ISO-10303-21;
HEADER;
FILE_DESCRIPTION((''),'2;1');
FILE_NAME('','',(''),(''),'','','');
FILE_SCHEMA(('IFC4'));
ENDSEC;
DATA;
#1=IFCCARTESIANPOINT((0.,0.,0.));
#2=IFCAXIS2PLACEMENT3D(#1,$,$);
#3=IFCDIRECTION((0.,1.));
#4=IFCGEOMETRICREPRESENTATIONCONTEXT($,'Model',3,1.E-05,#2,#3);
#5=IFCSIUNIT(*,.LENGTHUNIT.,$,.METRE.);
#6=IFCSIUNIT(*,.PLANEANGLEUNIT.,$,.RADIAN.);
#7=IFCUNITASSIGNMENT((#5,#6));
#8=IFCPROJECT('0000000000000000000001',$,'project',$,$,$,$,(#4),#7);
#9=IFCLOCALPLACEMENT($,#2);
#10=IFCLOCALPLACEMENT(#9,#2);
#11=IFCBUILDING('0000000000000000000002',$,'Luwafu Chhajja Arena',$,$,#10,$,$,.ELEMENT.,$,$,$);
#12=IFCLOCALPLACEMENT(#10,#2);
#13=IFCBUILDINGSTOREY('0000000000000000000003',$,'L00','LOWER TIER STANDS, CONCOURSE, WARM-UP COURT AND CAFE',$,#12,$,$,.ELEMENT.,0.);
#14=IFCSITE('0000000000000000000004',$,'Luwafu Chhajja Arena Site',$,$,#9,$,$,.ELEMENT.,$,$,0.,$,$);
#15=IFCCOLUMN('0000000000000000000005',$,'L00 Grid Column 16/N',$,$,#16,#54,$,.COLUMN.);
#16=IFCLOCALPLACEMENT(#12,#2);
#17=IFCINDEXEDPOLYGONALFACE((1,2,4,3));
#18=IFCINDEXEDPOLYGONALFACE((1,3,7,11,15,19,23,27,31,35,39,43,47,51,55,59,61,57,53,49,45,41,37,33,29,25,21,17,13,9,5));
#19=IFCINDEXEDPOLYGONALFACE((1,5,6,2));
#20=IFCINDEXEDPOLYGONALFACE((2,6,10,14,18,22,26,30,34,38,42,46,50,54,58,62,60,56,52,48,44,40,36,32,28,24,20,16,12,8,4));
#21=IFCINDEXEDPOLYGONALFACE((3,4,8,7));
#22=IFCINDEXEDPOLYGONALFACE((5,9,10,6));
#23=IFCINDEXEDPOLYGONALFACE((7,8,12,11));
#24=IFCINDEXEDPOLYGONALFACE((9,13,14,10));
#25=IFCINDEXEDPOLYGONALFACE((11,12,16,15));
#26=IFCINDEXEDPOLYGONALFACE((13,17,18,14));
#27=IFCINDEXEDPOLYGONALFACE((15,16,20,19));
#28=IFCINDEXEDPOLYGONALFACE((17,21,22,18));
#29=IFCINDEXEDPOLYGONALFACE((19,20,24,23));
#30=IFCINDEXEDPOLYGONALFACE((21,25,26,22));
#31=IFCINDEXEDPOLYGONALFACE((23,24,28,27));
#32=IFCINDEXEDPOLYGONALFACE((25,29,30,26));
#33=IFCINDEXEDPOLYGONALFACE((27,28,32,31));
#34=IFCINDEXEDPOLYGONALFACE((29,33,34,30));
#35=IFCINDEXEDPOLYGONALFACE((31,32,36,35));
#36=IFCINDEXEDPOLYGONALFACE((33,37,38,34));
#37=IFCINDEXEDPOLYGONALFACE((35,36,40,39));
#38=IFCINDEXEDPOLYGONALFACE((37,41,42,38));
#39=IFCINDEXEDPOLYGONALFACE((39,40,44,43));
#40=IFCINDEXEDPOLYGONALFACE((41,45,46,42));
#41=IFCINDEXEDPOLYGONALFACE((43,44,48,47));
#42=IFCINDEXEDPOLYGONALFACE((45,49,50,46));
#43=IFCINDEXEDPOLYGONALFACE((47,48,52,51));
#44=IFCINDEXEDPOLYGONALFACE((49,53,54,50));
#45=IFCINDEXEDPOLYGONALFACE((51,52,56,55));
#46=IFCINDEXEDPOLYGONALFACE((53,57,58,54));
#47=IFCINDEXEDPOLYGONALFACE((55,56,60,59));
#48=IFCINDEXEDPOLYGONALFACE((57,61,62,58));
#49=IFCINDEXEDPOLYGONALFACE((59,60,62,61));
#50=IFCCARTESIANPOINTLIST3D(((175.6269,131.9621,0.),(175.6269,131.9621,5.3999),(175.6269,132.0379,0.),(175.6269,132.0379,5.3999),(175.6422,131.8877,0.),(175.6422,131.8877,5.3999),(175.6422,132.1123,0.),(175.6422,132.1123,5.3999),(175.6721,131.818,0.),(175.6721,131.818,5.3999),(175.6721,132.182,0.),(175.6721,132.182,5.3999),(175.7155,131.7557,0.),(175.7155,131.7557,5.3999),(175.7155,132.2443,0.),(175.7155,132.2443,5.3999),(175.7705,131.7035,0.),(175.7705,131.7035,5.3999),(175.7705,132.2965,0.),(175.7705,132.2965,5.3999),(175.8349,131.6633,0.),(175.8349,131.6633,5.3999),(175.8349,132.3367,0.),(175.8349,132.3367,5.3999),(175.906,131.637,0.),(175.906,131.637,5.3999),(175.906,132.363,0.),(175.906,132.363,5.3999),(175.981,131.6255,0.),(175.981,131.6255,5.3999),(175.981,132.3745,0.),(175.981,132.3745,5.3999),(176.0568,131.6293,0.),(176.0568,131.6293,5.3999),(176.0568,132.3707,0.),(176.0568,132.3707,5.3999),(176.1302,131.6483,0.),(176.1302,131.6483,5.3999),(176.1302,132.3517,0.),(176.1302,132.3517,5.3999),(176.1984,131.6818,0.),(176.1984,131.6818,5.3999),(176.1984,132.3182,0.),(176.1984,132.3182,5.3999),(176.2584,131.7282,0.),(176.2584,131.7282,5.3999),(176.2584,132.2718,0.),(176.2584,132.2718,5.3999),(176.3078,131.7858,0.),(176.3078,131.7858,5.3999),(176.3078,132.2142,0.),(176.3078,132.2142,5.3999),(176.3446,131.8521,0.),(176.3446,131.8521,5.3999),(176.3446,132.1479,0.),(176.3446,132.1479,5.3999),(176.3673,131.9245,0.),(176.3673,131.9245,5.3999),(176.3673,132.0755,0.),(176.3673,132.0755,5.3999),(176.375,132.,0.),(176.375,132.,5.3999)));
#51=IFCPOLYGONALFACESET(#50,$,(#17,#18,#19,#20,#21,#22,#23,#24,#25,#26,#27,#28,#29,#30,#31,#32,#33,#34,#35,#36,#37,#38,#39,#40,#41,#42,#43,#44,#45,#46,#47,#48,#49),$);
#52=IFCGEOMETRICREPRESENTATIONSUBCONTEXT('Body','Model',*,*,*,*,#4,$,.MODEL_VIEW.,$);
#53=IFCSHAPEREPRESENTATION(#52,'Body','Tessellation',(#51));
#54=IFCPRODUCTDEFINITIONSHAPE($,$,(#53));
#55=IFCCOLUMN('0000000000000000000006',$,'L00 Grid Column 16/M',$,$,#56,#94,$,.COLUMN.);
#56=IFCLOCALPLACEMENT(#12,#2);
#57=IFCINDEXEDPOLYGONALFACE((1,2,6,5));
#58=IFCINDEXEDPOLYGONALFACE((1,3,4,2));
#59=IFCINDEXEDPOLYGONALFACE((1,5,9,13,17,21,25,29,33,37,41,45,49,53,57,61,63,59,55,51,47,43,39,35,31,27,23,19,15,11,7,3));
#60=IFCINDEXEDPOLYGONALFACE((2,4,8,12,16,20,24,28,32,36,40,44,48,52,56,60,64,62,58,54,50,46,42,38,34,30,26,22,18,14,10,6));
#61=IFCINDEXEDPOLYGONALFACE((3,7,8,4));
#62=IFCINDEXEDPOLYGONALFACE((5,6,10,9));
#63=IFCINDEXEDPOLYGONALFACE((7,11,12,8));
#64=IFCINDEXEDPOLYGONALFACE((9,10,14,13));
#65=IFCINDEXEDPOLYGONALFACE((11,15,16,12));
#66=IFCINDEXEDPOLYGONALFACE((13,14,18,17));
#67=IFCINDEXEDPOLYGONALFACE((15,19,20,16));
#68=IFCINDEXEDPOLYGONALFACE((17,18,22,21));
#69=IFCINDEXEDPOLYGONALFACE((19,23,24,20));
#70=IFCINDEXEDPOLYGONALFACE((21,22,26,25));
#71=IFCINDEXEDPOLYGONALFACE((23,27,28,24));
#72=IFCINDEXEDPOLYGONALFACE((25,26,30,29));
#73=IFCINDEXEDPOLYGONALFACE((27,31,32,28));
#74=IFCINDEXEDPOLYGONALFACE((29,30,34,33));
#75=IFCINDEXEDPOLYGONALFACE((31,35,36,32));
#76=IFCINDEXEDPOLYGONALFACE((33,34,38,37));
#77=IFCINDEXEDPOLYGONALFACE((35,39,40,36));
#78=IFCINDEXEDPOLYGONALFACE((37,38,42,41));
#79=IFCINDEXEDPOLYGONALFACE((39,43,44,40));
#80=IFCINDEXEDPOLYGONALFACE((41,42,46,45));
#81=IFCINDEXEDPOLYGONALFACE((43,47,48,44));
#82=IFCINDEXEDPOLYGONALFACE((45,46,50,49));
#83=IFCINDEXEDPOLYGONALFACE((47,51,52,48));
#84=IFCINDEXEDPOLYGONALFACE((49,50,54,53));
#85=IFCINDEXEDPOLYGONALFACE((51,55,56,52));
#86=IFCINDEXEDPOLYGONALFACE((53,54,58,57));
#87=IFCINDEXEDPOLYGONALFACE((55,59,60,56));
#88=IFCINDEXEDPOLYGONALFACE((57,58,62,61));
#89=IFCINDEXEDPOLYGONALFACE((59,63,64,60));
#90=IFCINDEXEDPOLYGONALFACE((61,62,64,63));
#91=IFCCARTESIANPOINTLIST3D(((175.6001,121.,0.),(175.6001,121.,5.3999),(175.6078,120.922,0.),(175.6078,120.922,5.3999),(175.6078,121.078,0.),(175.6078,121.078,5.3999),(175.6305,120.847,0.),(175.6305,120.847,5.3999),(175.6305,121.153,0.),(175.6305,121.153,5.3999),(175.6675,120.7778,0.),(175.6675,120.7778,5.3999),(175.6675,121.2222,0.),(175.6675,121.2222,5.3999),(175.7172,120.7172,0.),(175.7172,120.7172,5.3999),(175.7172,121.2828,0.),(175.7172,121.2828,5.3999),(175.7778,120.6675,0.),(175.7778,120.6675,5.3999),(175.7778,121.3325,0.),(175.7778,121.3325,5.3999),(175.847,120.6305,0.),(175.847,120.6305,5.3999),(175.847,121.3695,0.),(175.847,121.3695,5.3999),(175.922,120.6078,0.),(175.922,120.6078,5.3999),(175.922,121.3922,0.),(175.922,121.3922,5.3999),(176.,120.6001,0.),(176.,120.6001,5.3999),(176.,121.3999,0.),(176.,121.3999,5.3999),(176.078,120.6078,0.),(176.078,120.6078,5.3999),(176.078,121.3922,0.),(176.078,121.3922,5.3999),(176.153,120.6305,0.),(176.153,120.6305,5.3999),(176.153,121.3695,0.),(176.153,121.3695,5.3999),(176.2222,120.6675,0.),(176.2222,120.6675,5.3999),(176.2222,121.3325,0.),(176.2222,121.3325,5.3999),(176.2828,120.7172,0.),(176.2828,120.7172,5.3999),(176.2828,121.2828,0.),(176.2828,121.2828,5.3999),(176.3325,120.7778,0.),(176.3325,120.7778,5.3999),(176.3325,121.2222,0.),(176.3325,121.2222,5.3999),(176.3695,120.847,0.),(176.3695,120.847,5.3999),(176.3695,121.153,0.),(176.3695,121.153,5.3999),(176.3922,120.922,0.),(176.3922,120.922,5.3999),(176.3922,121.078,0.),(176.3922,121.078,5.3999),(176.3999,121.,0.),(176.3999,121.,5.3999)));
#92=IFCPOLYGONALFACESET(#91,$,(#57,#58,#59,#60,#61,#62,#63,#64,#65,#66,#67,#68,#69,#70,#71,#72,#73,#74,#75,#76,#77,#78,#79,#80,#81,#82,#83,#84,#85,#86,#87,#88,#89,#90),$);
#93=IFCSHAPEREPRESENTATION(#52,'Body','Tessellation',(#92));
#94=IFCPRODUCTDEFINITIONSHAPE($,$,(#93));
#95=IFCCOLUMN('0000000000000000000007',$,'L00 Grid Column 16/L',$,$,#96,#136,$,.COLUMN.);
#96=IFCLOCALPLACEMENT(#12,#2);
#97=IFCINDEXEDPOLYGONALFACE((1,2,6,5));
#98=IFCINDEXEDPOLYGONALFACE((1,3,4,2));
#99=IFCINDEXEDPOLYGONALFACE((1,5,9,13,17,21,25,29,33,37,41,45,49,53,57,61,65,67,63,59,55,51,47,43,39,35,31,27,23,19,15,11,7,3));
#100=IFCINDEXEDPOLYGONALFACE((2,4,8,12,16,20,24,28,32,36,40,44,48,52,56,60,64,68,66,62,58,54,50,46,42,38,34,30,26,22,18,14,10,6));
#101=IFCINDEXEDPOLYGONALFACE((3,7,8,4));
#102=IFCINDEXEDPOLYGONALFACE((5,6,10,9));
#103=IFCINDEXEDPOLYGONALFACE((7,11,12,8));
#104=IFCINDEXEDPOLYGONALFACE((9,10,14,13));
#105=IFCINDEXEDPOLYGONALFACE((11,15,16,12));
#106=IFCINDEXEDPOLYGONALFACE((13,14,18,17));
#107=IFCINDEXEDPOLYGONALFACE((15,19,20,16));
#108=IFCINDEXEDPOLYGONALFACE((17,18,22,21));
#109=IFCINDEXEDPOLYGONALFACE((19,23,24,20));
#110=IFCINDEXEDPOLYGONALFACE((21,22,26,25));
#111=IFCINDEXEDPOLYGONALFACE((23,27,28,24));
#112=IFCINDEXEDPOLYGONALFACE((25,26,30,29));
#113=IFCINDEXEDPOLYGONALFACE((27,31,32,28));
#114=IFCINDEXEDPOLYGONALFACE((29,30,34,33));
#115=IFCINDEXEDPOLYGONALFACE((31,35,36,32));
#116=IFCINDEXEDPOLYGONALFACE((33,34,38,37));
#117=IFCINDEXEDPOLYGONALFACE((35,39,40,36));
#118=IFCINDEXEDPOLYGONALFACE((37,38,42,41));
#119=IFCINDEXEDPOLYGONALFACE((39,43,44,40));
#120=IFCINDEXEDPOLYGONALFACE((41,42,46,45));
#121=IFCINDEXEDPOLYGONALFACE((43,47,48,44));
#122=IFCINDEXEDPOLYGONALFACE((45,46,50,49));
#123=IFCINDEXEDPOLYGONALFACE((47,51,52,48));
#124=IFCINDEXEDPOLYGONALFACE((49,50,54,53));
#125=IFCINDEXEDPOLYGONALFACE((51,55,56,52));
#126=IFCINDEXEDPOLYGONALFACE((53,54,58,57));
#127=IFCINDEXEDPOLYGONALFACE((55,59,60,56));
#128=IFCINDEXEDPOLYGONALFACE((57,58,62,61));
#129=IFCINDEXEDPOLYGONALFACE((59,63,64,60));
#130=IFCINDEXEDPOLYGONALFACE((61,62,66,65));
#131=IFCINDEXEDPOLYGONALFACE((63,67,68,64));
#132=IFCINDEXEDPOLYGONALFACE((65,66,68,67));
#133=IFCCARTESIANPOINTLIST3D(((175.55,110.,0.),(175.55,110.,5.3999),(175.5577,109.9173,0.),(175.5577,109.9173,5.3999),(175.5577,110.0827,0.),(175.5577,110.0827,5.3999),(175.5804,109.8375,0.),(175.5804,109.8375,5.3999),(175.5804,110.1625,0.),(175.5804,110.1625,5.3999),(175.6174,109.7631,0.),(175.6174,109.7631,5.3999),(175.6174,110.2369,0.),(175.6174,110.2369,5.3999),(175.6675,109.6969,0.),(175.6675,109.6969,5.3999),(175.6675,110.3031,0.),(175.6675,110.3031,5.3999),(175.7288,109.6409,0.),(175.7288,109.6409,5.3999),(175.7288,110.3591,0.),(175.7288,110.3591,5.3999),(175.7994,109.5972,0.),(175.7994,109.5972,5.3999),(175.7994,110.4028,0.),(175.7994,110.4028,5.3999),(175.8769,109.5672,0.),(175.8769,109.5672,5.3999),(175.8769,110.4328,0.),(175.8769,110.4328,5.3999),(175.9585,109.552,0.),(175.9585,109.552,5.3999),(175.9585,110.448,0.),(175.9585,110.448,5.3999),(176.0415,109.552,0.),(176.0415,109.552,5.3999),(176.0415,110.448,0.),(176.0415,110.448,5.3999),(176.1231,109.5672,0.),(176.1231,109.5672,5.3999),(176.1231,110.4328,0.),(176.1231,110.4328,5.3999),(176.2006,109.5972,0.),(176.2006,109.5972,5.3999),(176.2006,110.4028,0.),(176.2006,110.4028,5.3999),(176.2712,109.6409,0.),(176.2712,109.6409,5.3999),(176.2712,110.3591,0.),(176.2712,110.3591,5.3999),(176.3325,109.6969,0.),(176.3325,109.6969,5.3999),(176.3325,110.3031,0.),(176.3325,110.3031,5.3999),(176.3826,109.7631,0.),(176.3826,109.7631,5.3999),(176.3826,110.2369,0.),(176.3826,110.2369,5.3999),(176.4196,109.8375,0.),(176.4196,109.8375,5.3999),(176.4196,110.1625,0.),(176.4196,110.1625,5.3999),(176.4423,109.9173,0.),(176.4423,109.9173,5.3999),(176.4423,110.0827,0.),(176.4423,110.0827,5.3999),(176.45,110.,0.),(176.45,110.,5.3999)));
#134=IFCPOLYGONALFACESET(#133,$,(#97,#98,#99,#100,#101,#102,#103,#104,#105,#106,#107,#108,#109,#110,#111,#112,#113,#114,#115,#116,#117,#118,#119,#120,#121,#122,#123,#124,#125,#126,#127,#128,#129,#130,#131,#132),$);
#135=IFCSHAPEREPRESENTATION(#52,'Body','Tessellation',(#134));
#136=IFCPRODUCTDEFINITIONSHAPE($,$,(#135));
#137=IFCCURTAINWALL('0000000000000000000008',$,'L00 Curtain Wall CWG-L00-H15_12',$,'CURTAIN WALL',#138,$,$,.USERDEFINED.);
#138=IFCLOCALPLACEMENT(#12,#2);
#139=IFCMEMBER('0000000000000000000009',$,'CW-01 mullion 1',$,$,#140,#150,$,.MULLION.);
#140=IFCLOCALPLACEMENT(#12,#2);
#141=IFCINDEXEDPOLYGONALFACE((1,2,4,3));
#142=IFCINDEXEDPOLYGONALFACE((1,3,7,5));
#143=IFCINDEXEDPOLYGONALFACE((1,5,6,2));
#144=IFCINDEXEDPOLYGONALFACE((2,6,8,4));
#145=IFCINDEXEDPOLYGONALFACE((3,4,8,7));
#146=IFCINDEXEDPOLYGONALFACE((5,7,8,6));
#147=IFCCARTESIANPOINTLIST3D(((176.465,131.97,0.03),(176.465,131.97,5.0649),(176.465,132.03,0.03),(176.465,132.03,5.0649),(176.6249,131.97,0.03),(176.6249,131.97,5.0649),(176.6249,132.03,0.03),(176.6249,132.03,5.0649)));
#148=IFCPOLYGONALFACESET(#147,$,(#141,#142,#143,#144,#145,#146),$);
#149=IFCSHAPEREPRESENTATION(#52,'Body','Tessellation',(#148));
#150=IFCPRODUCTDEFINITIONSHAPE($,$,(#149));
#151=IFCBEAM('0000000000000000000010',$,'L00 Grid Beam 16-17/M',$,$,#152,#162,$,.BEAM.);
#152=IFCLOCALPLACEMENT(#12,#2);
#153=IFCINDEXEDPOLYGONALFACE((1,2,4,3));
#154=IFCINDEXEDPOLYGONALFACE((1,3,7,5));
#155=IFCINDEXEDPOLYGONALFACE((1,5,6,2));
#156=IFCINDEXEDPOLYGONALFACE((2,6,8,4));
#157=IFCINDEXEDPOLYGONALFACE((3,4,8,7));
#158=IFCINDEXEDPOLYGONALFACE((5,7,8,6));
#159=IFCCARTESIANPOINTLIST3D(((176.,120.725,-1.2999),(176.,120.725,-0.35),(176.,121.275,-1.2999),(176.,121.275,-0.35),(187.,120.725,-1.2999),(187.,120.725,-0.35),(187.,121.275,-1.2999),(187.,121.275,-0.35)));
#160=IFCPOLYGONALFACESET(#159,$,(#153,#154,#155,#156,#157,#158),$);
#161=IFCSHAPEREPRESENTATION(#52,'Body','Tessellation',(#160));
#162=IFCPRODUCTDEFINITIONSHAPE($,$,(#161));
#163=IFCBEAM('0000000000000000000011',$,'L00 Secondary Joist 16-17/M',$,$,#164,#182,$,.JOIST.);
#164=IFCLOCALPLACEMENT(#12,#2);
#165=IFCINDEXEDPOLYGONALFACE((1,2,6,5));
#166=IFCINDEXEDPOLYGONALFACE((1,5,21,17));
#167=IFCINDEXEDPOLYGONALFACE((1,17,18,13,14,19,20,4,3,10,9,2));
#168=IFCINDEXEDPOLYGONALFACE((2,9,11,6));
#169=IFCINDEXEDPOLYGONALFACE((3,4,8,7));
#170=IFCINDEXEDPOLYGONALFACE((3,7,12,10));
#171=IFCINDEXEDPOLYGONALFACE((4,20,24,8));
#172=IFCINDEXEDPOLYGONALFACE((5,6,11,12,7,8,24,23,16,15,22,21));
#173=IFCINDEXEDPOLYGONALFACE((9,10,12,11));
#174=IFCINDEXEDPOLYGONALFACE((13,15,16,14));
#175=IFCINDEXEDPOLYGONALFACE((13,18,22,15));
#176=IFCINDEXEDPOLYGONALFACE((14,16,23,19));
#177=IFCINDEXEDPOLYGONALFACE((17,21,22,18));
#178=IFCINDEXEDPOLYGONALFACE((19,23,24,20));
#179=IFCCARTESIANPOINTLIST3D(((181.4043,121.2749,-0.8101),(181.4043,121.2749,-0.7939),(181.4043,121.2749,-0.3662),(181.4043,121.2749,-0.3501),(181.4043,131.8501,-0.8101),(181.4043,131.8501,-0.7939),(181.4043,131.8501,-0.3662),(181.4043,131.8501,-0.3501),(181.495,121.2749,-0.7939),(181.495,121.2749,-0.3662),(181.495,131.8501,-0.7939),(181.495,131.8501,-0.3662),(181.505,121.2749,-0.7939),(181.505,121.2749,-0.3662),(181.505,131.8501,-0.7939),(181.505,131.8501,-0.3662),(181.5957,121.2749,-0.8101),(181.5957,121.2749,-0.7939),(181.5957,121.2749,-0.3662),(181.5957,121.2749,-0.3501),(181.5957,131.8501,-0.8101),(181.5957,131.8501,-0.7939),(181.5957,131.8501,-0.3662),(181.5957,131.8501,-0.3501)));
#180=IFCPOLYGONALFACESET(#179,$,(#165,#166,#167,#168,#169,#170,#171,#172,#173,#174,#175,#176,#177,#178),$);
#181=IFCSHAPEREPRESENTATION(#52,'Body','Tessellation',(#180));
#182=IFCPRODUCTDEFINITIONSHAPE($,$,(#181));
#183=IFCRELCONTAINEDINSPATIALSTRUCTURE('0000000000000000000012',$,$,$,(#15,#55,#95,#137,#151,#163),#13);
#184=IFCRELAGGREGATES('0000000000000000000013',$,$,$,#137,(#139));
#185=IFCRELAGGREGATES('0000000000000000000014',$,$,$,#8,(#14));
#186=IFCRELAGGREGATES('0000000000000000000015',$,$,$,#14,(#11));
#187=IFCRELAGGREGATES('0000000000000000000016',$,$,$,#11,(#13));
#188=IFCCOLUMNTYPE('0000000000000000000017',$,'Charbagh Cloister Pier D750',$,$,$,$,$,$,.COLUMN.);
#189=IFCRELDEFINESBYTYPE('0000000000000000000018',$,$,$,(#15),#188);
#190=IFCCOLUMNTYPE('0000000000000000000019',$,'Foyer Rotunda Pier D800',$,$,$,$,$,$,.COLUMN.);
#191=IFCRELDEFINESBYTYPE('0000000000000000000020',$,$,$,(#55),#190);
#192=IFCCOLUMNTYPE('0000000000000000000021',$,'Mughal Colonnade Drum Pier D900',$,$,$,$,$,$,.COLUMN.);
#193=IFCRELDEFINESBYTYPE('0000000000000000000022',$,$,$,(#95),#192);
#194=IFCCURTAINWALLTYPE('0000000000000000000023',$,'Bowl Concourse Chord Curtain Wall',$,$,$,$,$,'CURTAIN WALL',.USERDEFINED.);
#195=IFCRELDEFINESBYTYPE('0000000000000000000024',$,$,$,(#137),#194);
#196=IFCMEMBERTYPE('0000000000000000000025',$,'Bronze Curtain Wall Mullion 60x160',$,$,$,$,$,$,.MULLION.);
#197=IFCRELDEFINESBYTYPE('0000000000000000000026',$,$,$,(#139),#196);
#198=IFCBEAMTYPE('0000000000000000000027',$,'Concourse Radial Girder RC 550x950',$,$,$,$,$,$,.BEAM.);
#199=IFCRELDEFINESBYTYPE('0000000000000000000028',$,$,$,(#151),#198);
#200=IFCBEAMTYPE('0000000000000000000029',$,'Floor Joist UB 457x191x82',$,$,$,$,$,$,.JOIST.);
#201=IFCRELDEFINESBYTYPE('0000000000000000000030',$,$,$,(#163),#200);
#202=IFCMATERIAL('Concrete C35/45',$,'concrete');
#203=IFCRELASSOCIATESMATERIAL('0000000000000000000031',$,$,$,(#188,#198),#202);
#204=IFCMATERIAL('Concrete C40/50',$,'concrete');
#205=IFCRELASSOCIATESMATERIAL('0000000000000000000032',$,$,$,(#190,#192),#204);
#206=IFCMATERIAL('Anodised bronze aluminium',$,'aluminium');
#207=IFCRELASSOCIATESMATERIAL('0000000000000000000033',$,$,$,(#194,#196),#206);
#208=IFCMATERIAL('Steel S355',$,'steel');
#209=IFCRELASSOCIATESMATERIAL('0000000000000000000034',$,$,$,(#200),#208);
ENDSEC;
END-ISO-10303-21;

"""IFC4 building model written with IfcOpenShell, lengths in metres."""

from ifc_helpers import new_model, si_unit, direction, frame, origin, origin_2d, place, context, subcontext, project, spatial, rectangle, circle, i_section, extrude, material, material_profile, profile_set, type_object, element, aggregate, save


model = new_model("IFC4")

# Units and contexts
model_context = context("Model", 3, precision=1e-05, world=origin(), true_north=direction((0.0, 1.0)))
body_context = subcontext(model_context, "Body", "Model", "MODEL_VIEW")
ifc_project = project(units=[si_unit("LENGTHUNIT", "METRE"), si_unit("PLANEANGLEUNIT", "RADIAN")], contexts=[model_context])

# Site, building, storey
site_placement = place(None, origin())
site = spatial("IfcSite", under=ifc_project, at=site_placement, Name="Luwafu Chhajja Arena Site", CompositionType="ELEMENT", RefElevation=0.0)
building_placement = place(site_placement, origin())
building = spatial("IfcBuilding", under=site, at=building_placement, Name="Luwafu Chhajja Arena", CompositionType="ELEMENT")
storey_placement = place(building_placement, origin())
storey = spatial("IfcBuildingStorey", under=building, at=storey_placement, Name="L00", Description="LOWER TIER STANDS, CONCOURSE, WARM-UP COURT AND CAFE", CompositionType="ELEMENT", Elevation=0.0)

# Columns
ifc_material_1 = material(Name="Concrete C35/45", Category="concrete")
ifc_material_profile_1 = material_profile(ifc_material_1, circle(Radius=0.375, at=origin_2d()), Name="RC COL D750")
ifc_profile_set_1 = profile_set([ifc_material_profile_1], Name="Concrete C35/45")
column_type_1 = type_object("IfcColumnType", Name="Charbagh Cloister Pier D750", PredefinedType="COLUMN", material=ifc_profile_set_1)
column_1_placement = place(storey_placement, frame((176.0, 132.0, 0.0), z_axis=(0.0, 0.0, 1.0), x_axis=(1.0, 0.0, 0.0)))
element("IfcColumn", 1, at=column_1_placement, inside=storey, type_object=column_type_1, Name="L00 Grid Column 16/N", PredefinedType="COLUMN", context=body_context, shape_type="SweptSolid", body=[
    extrude(circle(Radius=0.375, at=origin_2d()), origin(), (0.0, 0.0, 1.0), 5.3999),
])
ifc_material_2 = material(Name="Concrete C40/50", Category="concrete")
ifc_material_profile_2 = material_profile(ifc_material_2, circle(Radius=0.3999, at=origin_2d()), Name="RC COL D800")
ifc_profile_set_2 = profile_set([ifc_material_profile_2], Name="Concrete C40/50")
column_type_2 = type_object("IfcColumnType", Name="Foyer Rotunda Pier D800", PredefinedType="COLUMN", material=ifc_profile_set_2)
column_2_placement = place(storey_placement, frame((176.0, 121.0, 0.0), z_axis=(0.0, 0.0, 1.0), x_axis=(1.0, 0.0, 0.0)))
element("IfcColumn", 2, at=column_2_placement, inside=storey, type_object=column_type_2, Name="L00 Grid Column 16/M", PredefinedType="COLUMN", context=body_context, shape_type="SweptSolid", body=[
    extrude(circle(Radius=0.3999, at=origin_2d()), origin(), (0.0, 0.0, 1.0), 5.3999),
])
ifc_material_profile_3 = material_profile(ifc_material_2, circle(Radius=0.45, at=origin_2d()), Name="RC COL D900")
ifc_profile_set_3 = profile_set([ifc_material_profile_3], Name="Concrete C40/50")
column_type_3 = type_object("IfcColumnType", Name="Mughal Colonnade Drum Pier D900", PredefinedType="COLUMN", material=ifc_profile_set_3)
column_3_placement = place(storey_placement, frame((176.0, 110.0, 0.0), z_axis=(0.0, 0.0, 1.0), x_axis=(1.0, 0.0, 0.0)))
element("IfcColumn", 3, at=column_3_placement, inside=storey, type_object=column_type_3, Name="L00 Grid Column 16/L", PredefinedType="COLUMN", context=body_context, shape_type="SweptSolid", body=[
    extrude(circle(Radius=0.45, at=origin_2d()), origin(), (0.0, 0.0, 1.0), 5.3999),
])

# Curtain wall, member
ifc_material_3 = material(Name="Anodised bronze aluminium", Category="aluminium")
curtain_wall_type = type_object("IfcCurtainWallType", Name="Bowl Concourse Chord Curtain Wall", ElementType="CURTAIN WALL", PredefinedType="USERDEFINED", material=ifc_material_3)
curtain_wall_placement = place(storey_placement, origin())
curtain_wall = element("IfcCurtainWall", 4, at=curtain_wall_placement, inside=storey, type_object=curtain_wall_type, Name="L00 Curtain Wall CWG-L00-H15_12", ObjectType="CURTAIN WALL", PredefinedType="USERDEFINED")
ifc_material_profile_4 = material_profile(ifc_material_3, rectangle(XDim=0.0601, YDim=0.1599, at=origin_2d()), Name="CWM 60x160")
ifc_profile_set_4 = profile_set([ifc_material_profile_4], Name="Anodised bronze aluminium")
member_type = type_object("IfcMemberType", Name="Bronze Curtain Wall Mullion 60x160", PredefinedType="MULLION", material=ifc_profile_set_4)
member_placement = place(storey_placement, frame((176.5449, 132.0, 0.03), z_axis=(0.0, 0.0, 1.0), x_axis=(0.0, 1.0, 0.0)))
member = element("IfcMember", 5, at=member_placement, type_object=member_type, Name="CW-01 mullion 1", PredefinedType="MULLION", context=body_context, shape_type="SweptSolid", body=[
    extrude(rectangle(XDim=0.0601, YDim=0.1599, at=origin_2d()), origin(), (0.0, 0.0, 1.0), 5.0349),
])
aggregate(curtain_wall, [member])

# Beams
ifc_material_profile_5 = material_profile(ifc_material_1, rectangle(XDim=0.55, YDim=0.95, at=origin_2d()), Name="RC 550x950")
ifc_profile_set_5 = profile_set([ifc_material_profile_5], Name="Concrete C35/45")
beam_type_1 = type_object("IfcBeamType", Name="Concourse Radial Girder RC 550x950", PredefinedType="BEAM", material=ifc_profile_set_5)
beam_1_placement = place(storey_placement, frame((176.0, 121.0, -0.825), z_axis=(1.0, 0.0, 0.0), x_axis=(0.0, 1.0, 0.0)))
element("IfcBeam", 6, at=beam_1_placement, inside=storey, type_object=beam_type_1, Name="L00 Grid Beam 16-17/M", PredefinedType="BEAM", context=body_context, shape_type="SweptSolid", body=[
    extrude(rectangle(XDim=0.55, YDim=0.95, at=origin_2d()), origin(), (0.0, 0.0, 1.0), 11.0),
])
ifc_material_4 = material(Name="Steel S355", Category="steel")
ifc_material_profile_6 = material_profile(ifc_material_4, i_section(OverallWidth=0.1914, OverallDepth=0.46, WebThickness=0.01, FlangeThickness=0.0161, at=origin_2d()), Name="UB 457x191x82")
ifc_profile_set_6 = profile_set([ifc_material_profile_6], Name="Steel S355")
beam_type_2 = type_object("IfcBeamType", Name="Floor Joist UB 457x191x82", PredefinedType="JOIST", material=ifc_profile_set_6)
beam_2_placement = place(storey_placement, frame((181.5, 121.2749, -0.5801), z_axis=(0.0, 1.0, 0.0), x_axis=(-1.0, 0.0, 0.0)))
element("IfcBeam", 7, at=beam_2_placement, inside=storey, type_object=beam_type_2, Name="L00 Secondary Joist 16-17/M", PredefinedType="JOIST", context=body_context, shape_type="SweptSolid", body=[
    extrude(i_section(OverallWidth=0.1914, OverallDepth=0.46, WebThickness=0.01, FlangeThickness=0.0161, at=origin_2d()), origin(), (0.0, 0.0, 1.0), 10.5752),
])

save(model, "model.ifc")
